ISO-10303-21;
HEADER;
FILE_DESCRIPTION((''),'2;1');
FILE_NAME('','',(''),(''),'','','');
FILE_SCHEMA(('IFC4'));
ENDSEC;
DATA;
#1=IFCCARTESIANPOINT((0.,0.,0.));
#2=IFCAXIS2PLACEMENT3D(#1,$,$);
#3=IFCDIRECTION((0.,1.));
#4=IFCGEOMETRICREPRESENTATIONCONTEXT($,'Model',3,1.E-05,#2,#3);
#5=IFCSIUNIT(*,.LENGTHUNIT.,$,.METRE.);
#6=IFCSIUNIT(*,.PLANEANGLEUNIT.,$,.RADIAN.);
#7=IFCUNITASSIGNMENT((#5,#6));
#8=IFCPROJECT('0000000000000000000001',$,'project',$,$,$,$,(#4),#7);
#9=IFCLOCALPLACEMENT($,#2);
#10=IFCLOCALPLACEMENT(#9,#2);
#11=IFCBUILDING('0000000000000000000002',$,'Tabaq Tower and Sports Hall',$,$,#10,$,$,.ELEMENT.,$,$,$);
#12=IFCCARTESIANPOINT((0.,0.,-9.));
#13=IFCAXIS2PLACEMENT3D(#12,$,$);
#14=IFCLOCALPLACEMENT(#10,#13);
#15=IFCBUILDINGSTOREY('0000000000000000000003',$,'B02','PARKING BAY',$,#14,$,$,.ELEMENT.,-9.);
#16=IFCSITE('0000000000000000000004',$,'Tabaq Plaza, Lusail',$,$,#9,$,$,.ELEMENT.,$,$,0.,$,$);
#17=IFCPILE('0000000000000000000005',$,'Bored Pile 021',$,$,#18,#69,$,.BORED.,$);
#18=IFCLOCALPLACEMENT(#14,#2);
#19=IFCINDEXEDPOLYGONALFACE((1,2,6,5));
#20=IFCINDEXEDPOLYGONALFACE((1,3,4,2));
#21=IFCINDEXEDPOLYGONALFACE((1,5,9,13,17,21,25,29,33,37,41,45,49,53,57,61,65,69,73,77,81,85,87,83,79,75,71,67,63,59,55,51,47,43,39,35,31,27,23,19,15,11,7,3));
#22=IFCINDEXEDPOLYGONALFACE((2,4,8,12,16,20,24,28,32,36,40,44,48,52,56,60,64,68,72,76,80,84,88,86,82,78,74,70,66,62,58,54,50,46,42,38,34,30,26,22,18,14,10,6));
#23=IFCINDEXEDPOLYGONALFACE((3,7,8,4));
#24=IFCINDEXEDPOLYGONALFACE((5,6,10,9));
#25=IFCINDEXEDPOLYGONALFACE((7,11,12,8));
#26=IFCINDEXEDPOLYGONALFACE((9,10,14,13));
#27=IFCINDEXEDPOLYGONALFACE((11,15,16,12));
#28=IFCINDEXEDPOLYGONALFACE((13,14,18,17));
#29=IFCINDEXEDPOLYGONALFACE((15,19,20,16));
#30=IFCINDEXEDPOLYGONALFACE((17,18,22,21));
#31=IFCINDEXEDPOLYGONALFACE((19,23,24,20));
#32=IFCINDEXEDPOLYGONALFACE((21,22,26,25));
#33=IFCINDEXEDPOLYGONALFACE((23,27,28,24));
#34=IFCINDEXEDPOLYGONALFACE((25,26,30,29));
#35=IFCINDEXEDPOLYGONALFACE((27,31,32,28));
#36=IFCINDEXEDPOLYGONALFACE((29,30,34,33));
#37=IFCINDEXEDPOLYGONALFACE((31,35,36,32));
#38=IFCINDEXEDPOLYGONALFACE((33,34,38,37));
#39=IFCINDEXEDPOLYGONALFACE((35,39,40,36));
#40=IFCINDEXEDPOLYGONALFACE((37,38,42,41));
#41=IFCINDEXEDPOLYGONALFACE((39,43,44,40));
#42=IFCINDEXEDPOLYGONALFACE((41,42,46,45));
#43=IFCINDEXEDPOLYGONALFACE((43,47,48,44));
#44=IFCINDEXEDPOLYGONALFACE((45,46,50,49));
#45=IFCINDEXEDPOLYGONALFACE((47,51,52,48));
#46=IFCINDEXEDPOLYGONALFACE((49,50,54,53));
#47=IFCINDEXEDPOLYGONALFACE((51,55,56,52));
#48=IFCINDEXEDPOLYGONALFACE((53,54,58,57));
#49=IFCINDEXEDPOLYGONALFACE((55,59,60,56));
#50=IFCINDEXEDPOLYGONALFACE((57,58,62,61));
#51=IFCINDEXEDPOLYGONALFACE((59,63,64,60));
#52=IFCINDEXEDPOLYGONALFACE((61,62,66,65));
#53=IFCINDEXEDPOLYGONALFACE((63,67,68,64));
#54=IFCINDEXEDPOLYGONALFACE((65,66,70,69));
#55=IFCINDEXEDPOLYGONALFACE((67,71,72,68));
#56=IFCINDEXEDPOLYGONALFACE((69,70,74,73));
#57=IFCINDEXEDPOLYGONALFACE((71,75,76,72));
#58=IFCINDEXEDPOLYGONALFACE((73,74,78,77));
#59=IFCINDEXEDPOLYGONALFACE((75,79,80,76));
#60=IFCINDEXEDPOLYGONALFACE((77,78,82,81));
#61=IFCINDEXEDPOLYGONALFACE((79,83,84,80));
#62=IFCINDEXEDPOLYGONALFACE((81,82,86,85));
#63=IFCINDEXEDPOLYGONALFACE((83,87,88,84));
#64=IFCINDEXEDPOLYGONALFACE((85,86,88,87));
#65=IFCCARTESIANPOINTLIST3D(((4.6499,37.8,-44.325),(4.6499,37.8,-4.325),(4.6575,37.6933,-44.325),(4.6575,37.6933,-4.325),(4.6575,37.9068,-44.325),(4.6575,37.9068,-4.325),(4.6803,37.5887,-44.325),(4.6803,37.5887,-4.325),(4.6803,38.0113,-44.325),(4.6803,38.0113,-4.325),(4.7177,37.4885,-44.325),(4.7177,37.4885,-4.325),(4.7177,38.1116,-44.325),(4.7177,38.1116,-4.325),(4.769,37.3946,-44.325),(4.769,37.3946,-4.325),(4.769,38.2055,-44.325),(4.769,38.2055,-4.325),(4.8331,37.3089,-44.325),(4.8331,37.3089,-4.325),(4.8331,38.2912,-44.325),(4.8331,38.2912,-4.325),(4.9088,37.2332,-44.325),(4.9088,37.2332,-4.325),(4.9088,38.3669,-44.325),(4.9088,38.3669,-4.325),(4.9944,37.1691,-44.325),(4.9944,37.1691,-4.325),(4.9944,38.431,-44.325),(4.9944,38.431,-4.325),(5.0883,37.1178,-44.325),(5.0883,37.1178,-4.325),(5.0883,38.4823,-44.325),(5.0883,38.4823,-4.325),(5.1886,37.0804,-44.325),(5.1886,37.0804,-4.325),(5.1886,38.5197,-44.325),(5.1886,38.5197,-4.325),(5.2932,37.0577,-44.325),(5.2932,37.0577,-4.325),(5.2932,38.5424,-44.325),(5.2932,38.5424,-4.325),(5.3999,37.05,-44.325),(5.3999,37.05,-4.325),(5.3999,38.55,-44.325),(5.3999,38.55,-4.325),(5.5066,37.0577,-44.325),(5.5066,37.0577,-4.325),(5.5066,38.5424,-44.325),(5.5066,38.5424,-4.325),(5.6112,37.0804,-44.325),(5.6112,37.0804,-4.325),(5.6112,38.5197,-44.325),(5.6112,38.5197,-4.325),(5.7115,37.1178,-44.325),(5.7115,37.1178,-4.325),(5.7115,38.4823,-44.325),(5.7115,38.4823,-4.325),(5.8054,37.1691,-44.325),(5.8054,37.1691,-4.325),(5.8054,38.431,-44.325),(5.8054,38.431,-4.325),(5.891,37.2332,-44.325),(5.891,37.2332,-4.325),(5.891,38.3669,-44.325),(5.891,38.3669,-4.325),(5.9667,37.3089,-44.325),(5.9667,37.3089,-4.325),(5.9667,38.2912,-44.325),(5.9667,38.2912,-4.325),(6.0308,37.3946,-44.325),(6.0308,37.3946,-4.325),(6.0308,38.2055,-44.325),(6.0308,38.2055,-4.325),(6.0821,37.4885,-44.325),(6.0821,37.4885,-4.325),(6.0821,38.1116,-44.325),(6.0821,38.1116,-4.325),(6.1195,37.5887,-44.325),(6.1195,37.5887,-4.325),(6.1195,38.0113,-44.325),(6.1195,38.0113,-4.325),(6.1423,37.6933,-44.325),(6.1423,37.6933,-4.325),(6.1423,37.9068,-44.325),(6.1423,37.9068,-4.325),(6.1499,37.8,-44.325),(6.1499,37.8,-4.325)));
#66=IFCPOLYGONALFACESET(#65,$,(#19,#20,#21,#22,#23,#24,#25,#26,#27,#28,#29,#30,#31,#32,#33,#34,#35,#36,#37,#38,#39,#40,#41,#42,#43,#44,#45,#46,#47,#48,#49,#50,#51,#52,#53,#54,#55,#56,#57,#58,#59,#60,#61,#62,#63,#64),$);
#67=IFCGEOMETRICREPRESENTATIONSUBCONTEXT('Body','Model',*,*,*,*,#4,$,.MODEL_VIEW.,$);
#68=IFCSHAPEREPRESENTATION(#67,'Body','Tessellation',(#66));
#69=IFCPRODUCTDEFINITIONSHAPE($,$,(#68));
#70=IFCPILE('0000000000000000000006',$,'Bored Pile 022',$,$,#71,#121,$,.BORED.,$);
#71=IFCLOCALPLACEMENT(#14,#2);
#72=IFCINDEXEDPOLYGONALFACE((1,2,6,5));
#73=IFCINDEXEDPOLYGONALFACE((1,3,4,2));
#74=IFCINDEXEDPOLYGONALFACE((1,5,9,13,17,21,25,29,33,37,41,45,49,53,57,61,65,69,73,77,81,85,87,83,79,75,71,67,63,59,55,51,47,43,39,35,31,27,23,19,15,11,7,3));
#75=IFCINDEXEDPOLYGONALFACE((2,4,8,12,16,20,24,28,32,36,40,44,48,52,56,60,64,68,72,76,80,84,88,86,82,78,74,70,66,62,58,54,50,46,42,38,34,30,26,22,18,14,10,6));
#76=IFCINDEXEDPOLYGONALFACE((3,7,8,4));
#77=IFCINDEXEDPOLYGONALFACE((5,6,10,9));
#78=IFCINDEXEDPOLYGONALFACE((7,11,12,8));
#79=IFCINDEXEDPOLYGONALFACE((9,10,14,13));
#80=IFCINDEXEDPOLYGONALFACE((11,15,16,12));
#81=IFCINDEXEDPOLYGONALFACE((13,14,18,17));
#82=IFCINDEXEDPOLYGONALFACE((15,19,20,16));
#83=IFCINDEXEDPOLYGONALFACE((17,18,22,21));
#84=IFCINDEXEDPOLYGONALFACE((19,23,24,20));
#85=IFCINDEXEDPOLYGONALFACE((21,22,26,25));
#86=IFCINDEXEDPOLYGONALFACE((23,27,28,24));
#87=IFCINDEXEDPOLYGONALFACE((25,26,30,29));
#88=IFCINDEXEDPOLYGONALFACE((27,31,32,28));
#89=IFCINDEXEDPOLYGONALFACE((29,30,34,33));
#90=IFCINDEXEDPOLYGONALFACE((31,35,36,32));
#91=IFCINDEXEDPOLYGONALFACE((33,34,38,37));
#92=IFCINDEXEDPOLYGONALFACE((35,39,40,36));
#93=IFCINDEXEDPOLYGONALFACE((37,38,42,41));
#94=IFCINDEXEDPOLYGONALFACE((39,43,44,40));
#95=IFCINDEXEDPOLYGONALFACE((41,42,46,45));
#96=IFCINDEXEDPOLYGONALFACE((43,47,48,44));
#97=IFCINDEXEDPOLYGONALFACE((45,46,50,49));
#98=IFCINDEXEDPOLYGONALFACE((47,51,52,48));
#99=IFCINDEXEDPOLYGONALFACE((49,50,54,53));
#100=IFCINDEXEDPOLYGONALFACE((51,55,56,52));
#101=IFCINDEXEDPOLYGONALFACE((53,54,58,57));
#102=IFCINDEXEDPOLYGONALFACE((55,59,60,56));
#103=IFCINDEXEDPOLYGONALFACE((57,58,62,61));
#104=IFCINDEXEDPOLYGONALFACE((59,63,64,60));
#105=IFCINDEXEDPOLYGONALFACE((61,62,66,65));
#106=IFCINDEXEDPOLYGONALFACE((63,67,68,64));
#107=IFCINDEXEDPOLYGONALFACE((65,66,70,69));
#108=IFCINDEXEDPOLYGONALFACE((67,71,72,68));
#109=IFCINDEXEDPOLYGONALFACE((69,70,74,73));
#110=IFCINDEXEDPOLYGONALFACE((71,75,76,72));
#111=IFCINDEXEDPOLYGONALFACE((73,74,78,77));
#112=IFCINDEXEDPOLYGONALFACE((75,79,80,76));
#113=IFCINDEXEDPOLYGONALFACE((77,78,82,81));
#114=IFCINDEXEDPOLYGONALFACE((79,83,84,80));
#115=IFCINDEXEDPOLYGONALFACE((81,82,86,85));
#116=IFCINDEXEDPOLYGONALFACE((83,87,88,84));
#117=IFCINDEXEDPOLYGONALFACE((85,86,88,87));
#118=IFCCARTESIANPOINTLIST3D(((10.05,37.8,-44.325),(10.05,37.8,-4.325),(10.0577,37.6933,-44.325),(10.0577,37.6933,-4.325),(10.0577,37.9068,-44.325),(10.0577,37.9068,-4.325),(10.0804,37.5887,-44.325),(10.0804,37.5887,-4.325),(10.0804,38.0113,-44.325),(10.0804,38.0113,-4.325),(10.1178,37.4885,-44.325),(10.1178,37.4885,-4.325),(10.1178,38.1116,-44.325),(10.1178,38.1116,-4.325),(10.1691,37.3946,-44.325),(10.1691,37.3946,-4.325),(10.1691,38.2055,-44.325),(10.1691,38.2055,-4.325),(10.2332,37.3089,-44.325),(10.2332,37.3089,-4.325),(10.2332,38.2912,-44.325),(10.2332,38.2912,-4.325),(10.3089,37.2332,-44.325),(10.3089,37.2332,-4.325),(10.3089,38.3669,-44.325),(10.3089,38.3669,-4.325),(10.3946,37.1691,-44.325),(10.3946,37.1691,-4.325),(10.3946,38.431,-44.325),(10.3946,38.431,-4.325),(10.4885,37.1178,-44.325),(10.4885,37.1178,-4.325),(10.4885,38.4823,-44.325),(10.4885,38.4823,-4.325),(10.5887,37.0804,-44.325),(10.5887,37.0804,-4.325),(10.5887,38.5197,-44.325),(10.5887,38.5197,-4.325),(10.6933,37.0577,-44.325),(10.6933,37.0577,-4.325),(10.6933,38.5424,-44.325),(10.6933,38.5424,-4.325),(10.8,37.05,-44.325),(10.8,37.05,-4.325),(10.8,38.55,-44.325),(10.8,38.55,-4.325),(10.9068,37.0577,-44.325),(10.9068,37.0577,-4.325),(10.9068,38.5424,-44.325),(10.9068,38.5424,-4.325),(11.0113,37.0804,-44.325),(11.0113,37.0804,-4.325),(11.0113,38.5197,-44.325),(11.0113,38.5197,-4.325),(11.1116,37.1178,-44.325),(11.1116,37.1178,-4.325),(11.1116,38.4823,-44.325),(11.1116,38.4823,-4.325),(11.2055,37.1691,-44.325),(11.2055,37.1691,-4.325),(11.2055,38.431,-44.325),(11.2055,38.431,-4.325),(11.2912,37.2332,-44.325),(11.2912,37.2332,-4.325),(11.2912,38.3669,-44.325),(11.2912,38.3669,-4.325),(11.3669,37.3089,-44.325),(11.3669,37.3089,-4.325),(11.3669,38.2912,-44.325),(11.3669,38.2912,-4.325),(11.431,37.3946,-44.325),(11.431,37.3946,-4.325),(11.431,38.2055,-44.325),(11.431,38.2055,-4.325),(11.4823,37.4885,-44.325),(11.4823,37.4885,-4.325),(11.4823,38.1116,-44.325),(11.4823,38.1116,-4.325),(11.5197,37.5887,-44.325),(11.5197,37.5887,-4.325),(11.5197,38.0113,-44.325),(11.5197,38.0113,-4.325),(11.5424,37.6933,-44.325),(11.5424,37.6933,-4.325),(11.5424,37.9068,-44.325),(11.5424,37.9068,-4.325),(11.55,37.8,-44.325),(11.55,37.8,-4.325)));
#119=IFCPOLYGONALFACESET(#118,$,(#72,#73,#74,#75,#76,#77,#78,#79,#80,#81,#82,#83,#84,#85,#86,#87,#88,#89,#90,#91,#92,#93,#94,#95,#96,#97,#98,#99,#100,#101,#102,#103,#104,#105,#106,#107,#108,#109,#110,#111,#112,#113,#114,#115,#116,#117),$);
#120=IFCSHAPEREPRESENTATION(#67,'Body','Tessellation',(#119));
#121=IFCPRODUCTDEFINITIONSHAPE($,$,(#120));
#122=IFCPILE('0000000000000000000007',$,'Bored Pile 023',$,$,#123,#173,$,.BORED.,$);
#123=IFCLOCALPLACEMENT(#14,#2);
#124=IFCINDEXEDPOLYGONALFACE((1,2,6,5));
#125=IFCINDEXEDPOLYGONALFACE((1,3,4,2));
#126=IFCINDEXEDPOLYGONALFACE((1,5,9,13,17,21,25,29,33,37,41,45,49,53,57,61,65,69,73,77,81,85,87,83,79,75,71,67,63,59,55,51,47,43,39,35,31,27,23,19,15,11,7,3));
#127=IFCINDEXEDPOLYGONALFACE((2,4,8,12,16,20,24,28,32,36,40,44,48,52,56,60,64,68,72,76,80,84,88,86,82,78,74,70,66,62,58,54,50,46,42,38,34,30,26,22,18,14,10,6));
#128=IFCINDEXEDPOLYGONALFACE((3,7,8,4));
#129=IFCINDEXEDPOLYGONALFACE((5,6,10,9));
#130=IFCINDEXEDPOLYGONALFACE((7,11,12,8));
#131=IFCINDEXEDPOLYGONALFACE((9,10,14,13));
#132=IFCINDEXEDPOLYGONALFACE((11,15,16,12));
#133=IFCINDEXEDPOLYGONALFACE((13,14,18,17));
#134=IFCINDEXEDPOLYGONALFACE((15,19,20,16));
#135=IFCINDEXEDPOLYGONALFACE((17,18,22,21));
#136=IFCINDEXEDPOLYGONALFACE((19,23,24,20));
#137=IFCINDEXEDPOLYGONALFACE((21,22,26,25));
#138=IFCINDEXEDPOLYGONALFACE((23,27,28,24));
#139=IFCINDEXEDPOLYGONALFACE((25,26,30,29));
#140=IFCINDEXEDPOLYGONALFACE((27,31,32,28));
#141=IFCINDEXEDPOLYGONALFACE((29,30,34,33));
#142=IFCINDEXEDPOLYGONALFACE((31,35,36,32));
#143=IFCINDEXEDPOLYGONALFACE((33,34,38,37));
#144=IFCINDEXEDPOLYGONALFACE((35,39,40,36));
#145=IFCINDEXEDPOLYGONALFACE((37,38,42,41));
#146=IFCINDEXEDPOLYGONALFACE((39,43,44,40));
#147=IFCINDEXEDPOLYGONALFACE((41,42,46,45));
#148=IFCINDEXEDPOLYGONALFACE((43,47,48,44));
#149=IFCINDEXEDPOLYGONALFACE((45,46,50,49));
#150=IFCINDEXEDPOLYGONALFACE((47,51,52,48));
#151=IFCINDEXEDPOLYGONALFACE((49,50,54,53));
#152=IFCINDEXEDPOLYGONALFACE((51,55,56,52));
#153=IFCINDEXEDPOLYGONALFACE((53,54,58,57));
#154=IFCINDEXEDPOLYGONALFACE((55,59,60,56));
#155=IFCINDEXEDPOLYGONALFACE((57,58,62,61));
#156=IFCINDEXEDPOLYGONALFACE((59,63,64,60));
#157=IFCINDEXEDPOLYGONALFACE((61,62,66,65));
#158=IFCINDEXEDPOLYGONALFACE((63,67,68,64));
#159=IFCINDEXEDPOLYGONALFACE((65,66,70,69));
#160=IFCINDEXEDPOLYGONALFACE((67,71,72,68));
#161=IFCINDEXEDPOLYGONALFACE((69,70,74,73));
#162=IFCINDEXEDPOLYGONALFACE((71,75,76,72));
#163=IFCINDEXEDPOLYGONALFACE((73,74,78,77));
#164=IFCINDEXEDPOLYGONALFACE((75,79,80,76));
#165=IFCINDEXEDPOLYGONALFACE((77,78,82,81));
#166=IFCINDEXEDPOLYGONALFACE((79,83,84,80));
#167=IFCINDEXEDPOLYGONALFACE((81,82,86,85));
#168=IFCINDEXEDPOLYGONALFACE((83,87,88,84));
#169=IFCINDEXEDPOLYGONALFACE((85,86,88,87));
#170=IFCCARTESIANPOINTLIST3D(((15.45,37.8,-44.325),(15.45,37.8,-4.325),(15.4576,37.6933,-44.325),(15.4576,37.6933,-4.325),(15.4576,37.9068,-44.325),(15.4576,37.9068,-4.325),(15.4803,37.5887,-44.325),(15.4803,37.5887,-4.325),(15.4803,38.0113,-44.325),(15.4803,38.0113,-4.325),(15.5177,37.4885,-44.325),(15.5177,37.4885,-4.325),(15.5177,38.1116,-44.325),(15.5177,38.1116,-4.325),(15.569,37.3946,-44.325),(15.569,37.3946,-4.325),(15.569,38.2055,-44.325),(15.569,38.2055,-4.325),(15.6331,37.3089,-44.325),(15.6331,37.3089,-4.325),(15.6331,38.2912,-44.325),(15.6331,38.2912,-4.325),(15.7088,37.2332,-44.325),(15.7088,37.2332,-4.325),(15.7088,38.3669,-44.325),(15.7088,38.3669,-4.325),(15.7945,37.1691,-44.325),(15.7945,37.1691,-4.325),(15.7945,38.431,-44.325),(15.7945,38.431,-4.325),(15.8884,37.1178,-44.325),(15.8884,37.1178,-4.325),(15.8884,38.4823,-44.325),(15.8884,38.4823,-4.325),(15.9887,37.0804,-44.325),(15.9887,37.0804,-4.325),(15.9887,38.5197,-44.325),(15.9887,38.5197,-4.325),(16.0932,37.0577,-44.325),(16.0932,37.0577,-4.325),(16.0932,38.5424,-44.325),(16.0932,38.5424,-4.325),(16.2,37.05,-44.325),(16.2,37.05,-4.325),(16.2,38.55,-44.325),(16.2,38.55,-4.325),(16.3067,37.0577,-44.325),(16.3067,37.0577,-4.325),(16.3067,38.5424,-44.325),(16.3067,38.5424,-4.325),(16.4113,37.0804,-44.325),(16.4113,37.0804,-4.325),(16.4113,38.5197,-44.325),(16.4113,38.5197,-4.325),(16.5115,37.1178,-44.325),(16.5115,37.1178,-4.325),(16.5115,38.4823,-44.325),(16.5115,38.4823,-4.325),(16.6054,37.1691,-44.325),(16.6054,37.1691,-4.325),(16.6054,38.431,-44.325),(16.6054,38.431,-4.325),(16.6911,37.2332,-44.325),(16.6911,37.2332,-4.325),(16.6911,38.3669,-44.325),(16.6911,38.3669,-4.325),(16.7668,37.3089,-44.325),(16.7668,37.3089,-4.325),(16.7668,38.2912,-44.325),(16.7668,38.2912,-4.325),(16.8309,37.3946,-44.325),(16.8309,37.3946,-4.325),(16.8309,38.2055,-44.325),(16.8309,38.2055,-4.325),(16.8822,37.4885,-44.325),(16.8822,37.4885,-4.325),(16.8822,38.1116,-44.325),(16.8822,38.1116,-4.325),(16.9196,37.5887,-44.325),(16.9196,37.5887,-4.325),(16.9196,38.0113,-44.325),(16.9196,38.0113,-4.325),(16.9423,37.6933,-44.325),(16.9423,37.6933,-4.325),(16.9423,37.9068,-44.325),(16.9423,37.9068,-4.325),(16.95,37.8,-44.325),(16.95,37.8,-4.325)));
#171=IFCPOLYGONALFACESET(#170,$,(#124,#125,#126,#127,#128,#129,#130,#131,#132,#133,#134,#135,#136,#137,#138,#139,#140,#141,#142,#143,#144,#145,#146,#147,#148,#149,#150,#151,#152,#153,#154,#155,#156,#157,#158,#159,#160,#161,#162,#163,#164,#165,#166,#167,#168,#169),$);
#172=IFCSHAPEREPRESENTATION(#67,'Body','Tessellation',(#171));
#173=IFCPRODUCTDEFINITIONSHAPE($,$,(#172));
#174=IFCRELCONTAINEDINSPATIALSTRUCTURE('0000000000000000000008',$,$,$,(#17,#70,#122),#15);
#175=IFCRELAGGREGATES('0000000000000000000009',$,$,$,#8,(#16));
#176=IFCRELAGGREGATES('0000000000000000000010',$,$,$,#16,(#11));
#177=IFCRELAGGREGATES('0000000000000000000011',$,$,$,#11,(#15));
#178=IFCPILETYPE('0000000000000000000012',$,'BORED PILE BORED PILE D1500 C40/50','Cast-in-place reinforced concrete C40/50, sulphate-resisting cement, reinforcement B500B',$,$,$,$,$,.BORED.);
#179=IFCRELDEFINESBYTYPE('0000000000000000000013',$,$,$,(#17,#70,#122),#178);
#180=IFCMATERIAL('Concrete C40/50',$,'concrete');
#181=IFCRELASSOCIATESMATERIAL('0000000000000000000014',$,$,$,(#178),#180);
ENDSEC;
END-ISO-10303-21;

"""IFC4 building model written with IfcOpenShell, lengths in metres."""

from ifc_helpers import new_model, si_unit, direction, frame, origin, origin_2d, place, context, subcontext, project, spatial, circle, extrude, material, material_profile, profile_set, type_object, element, save


model = new_model("IFC4")

# Units and contexts
model_context = context("Model", 3, precision=1e-05, world=origin(), true_north=direction((0.0, 1.0)))
body_context = subcontext(model_context, "Body", "Model", "MODEL_VIEW")
ifc_project = project(units=[si_unit("LENGTHUNIT", "METRE"), si_unit("PLANEANGLEUNIT", "RADIAN")], contexts=[model_context])

# Site, building, storey
site_placement = place(None, origin())
site = spatial("IfcSite", under=ifc_project, at=site_placement, Name="Tabaq Plaza, Lusail", CompositionType="ELEMENT", RefElevation=0.0)
building_placement = place(site_placement, origin())
building = spatial("IfcBuilding", under=site, at=building_placement, Name="Tabaq Tower and Sports Hall", CompositionType="ELEMENT")
storey_placement = place(building_placement, frame((0.0, 0.0, -9.0)))
storey = spatial("IfcBuildingStorey", under=building, at=storey_placement, Name="B02", Description="PARKING BAY", CompositionType="ELEMENT", Elevation=-9.0)

# Piles
ifc_material_1 = material(Name="Concrete C40/50", Category="concrete")
ifc_material_profile_1 = material_profile(ifc_material_1, circle(Radius=0.75, at=origin_2d()), Name="BORED PILE D1500")
ifc_profile_set_1 = profile_set([ifc_material_profile_1], Name="Concrete C40/50")
pile_type = type_object("IfcPileType", Name="BORED PILE BORED PILE D1500 C40/50", Description="Cast-in-place reinforced concrete C40/50, sulphate-resisting cement, reinforcement B500B", PredefinedType="BORED", material=ifc_profile_set_1)
for number, where, z_axis, x_axis, name in (
    (1, (5.3999, 37.8, -4.325), (0.0, 0.0, -1.0), (1.0, 0.0, 0.0), "Bored Pile 021"),
    (2, (10.8, 37.8, -4.325), (0.0, 0.0, -1.0), (1.0, 0.0, 0.0), "Bored Pile 022"),
    (3, (16.2, 37.8, -4.325), (0.0, 0.0, -1.0), (1.0, 0.0, 0.0), "Bored Pile 023"),
):
    element("IfcPile", number, at=place(storey_placement, frame(where, z_axis=z_axis, x_axis=x_axis)), inside=storey, type_object=pile_type, Name=name, PredefinedType="BORED", context=body_context, shape_type="SweptSolid", body=[
        extrude(circle(Radius=0.75, at=origin_2d()), origin(), (0.0, 0.0, 1.0), 40.0),
    ])

save(model, "model.ifc")
